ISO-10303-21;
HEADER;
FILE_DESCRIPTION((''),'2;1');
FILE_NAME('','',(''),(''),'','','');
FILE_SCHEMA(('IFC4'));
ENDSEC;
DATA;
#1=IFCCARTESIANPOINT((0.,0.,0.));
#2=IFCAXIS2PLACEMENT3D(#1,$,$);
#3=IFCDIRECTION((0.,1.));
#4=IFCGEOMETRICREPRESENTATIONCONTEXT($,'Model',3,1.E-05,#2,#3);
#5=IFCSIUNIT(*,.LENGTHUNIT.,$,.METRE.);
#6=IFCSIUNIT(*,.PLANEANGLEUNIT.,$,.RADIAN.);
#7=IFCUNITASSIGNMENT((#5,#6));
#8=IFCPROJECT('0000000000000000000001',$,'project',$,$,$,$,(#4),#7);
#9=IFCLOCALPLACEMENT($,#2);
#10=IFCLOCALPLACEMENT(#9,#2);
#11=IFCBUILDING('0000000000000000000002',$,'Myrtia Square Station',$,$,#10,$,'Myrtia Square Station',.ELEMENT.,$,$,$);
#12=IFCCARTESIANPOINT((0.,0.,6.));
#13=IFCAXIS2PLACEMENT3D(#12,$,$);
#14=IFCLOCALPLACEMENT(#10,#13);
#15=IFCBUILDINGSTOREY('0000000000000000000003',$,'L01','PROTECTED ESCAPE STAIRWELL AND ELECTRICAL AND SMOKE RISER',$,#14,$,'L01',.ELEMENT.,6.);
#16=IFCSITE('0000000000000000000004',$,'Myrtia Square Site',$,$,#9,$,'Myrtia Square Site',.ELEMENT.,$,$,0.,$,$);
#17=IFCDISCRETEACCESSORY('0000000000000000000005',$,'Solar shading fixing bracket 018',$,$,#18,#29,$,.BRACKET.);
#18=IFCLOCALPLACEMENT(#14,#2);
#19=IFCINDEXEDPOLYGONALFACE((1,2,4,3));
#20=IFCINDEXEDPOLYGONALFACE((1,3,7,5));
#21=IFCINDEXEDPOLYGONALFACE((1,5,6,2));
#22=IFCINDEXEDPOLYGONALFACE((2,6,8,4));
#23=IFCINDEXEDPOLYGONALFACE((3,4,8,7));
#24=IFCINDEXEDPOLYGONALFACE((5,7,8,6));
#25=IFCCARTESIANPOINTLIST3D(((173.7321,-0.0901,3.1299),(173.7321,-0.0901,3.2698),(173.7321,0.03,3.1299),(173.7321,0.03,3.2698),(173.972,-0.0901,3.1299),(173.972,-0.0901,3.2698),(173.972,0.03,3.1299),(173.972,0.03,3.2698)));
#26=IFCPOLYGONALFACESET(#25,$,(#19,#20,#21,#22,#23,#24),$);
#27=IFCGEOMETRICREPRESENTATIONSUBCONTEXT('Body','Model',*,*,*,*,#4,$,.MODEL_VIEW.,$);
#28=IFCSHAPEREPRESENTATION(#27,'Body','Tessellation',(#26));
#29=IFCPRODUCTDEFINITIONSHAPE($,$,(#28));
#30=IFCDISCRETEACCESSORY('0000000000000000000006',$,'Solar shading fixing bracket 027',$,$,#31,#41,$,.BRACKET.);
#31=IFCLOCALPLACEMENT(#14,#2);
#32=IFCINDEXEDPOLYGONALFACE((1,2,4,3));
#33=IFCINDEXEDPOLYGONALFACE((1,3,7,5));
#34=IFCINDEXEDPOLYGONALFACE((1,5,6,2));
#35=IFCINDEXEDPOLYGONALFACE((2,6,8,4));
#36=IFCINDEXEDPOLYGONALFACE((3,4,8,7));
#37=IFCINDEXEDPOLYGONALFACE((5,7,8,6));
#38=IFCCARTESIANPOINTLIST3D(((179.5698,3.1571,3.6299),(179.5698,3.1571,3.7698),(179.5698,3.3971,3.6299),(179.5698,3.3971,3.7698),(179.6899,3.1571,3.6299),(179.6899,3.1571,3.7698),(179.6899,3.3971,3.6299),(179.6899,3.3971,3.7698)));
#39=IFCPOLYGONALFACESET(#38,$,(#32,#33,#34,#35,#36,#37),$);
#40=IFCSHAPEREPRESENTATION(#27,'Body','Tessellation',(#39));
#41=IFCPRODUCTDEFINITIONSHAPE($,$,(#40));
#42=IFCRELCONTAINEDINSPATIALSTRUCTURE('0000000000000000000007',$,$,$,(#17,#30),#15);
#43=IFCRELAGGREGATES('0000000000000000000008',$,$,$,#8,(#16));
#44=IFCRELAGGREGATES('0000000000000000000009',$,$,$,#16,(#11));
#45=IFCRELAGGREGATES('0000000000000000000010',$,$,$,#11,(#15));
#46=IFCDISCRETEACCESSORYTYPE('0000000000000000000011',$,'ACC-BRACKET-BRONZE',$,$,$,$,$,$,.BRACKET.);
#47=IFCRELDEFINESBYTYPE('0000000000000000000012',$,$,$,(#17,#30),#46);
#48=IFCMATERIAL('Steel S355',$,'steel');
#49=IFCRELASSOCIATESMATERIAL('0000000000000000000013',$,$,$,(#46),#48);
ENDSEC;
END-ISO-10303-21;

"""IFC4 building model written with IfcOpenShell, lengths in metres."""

from ifc_helpers import new_model, si_unit, direction, frame, origin, origin_2d, place, context, subcontext, project, spatial, rectangle, extrude, material, type_object, element, save


model = new_model("IFC4")

# Units and contexts
model_context = context("Model", 3, precision=1e-05, world=origin(), true_north=direction((0.0, 1.0)))
body_context = subcontext(model_context, "Body", "Model", "MODEL_VIEW")
ifc_project = project(units=[si_unit("LENGTHUNIT", "METRE"), si_unit("PLANEANGLEUNIT", "RADIAN")], contexts=[model_context])

# Site, building, storey
site_placement = place(None, origin())
site = spatial("IfcSite", under=ifc_project, at=site_placement, Name="Myrtia Square Site", LongName="Myrtia Square Site", CompositionType="ELEMENT", RefElevation=0.0)
building_placement = place(site_placement, origin())
building = spatial("IfcBuilding", under=site, at=building_placement, Name="Myrtia Square Station", LongName="Myrtia Square Station", CompositionType="ELEMENT")
storey_placement = place(building_placement, frame((0.0, 0.0, 6.0)))
storey = spatial("IfcBuildingStorey", under=building, at=storey_placement, Name="L01", Description="PROTECTED ESCAPE STAIRWELL AND ELECTRICAL AND SMOKE RISER", LongName="L01", CompositionType="ELEMENT", Elevation=6.0)

# Shared definitions
ifc_material_1 = material(Name="Steel S355", Category="steel")

# Discrete accessories
discrete_accessory_type = type_object("IfcDiscreteAccessoryType", Name="ACC-BRACKET-BRONZE", PredefinedType="BRACKET", material=ifc_material_1)
for number, where, z_axis, x_axis, name in (
    (1, (173.8521, -0.03, 3.1299), (0.0, 0.0, 1.0), (1.0, 0.0, 0.0), "Solar shading fixing bracket 018"),
    (2, (179.6299, 3.2771, 3.6299), (0.0, 0.0, 1.0), (0.0, 1.0, 0.0), "Solar shading fixing bracket 027"),
):
    element("IfcDiscreteAccessory", number, at=place(storey_placement, frame(where, z_axis=z_axis, x_axis=x_axis)), inside=storey, type_object=discrete_accessory_type, Name=name, PredefinedType="BRACKET", context=body_context, shape_type="SweptSolid", body=[
        extrude(rectangle(XDim=0.24, YDim=0.1201, at=origin_2d()), origin(), (0.0, 0.0, 1.0), 0.1399),
    ])

save(model, "model.ifc")
